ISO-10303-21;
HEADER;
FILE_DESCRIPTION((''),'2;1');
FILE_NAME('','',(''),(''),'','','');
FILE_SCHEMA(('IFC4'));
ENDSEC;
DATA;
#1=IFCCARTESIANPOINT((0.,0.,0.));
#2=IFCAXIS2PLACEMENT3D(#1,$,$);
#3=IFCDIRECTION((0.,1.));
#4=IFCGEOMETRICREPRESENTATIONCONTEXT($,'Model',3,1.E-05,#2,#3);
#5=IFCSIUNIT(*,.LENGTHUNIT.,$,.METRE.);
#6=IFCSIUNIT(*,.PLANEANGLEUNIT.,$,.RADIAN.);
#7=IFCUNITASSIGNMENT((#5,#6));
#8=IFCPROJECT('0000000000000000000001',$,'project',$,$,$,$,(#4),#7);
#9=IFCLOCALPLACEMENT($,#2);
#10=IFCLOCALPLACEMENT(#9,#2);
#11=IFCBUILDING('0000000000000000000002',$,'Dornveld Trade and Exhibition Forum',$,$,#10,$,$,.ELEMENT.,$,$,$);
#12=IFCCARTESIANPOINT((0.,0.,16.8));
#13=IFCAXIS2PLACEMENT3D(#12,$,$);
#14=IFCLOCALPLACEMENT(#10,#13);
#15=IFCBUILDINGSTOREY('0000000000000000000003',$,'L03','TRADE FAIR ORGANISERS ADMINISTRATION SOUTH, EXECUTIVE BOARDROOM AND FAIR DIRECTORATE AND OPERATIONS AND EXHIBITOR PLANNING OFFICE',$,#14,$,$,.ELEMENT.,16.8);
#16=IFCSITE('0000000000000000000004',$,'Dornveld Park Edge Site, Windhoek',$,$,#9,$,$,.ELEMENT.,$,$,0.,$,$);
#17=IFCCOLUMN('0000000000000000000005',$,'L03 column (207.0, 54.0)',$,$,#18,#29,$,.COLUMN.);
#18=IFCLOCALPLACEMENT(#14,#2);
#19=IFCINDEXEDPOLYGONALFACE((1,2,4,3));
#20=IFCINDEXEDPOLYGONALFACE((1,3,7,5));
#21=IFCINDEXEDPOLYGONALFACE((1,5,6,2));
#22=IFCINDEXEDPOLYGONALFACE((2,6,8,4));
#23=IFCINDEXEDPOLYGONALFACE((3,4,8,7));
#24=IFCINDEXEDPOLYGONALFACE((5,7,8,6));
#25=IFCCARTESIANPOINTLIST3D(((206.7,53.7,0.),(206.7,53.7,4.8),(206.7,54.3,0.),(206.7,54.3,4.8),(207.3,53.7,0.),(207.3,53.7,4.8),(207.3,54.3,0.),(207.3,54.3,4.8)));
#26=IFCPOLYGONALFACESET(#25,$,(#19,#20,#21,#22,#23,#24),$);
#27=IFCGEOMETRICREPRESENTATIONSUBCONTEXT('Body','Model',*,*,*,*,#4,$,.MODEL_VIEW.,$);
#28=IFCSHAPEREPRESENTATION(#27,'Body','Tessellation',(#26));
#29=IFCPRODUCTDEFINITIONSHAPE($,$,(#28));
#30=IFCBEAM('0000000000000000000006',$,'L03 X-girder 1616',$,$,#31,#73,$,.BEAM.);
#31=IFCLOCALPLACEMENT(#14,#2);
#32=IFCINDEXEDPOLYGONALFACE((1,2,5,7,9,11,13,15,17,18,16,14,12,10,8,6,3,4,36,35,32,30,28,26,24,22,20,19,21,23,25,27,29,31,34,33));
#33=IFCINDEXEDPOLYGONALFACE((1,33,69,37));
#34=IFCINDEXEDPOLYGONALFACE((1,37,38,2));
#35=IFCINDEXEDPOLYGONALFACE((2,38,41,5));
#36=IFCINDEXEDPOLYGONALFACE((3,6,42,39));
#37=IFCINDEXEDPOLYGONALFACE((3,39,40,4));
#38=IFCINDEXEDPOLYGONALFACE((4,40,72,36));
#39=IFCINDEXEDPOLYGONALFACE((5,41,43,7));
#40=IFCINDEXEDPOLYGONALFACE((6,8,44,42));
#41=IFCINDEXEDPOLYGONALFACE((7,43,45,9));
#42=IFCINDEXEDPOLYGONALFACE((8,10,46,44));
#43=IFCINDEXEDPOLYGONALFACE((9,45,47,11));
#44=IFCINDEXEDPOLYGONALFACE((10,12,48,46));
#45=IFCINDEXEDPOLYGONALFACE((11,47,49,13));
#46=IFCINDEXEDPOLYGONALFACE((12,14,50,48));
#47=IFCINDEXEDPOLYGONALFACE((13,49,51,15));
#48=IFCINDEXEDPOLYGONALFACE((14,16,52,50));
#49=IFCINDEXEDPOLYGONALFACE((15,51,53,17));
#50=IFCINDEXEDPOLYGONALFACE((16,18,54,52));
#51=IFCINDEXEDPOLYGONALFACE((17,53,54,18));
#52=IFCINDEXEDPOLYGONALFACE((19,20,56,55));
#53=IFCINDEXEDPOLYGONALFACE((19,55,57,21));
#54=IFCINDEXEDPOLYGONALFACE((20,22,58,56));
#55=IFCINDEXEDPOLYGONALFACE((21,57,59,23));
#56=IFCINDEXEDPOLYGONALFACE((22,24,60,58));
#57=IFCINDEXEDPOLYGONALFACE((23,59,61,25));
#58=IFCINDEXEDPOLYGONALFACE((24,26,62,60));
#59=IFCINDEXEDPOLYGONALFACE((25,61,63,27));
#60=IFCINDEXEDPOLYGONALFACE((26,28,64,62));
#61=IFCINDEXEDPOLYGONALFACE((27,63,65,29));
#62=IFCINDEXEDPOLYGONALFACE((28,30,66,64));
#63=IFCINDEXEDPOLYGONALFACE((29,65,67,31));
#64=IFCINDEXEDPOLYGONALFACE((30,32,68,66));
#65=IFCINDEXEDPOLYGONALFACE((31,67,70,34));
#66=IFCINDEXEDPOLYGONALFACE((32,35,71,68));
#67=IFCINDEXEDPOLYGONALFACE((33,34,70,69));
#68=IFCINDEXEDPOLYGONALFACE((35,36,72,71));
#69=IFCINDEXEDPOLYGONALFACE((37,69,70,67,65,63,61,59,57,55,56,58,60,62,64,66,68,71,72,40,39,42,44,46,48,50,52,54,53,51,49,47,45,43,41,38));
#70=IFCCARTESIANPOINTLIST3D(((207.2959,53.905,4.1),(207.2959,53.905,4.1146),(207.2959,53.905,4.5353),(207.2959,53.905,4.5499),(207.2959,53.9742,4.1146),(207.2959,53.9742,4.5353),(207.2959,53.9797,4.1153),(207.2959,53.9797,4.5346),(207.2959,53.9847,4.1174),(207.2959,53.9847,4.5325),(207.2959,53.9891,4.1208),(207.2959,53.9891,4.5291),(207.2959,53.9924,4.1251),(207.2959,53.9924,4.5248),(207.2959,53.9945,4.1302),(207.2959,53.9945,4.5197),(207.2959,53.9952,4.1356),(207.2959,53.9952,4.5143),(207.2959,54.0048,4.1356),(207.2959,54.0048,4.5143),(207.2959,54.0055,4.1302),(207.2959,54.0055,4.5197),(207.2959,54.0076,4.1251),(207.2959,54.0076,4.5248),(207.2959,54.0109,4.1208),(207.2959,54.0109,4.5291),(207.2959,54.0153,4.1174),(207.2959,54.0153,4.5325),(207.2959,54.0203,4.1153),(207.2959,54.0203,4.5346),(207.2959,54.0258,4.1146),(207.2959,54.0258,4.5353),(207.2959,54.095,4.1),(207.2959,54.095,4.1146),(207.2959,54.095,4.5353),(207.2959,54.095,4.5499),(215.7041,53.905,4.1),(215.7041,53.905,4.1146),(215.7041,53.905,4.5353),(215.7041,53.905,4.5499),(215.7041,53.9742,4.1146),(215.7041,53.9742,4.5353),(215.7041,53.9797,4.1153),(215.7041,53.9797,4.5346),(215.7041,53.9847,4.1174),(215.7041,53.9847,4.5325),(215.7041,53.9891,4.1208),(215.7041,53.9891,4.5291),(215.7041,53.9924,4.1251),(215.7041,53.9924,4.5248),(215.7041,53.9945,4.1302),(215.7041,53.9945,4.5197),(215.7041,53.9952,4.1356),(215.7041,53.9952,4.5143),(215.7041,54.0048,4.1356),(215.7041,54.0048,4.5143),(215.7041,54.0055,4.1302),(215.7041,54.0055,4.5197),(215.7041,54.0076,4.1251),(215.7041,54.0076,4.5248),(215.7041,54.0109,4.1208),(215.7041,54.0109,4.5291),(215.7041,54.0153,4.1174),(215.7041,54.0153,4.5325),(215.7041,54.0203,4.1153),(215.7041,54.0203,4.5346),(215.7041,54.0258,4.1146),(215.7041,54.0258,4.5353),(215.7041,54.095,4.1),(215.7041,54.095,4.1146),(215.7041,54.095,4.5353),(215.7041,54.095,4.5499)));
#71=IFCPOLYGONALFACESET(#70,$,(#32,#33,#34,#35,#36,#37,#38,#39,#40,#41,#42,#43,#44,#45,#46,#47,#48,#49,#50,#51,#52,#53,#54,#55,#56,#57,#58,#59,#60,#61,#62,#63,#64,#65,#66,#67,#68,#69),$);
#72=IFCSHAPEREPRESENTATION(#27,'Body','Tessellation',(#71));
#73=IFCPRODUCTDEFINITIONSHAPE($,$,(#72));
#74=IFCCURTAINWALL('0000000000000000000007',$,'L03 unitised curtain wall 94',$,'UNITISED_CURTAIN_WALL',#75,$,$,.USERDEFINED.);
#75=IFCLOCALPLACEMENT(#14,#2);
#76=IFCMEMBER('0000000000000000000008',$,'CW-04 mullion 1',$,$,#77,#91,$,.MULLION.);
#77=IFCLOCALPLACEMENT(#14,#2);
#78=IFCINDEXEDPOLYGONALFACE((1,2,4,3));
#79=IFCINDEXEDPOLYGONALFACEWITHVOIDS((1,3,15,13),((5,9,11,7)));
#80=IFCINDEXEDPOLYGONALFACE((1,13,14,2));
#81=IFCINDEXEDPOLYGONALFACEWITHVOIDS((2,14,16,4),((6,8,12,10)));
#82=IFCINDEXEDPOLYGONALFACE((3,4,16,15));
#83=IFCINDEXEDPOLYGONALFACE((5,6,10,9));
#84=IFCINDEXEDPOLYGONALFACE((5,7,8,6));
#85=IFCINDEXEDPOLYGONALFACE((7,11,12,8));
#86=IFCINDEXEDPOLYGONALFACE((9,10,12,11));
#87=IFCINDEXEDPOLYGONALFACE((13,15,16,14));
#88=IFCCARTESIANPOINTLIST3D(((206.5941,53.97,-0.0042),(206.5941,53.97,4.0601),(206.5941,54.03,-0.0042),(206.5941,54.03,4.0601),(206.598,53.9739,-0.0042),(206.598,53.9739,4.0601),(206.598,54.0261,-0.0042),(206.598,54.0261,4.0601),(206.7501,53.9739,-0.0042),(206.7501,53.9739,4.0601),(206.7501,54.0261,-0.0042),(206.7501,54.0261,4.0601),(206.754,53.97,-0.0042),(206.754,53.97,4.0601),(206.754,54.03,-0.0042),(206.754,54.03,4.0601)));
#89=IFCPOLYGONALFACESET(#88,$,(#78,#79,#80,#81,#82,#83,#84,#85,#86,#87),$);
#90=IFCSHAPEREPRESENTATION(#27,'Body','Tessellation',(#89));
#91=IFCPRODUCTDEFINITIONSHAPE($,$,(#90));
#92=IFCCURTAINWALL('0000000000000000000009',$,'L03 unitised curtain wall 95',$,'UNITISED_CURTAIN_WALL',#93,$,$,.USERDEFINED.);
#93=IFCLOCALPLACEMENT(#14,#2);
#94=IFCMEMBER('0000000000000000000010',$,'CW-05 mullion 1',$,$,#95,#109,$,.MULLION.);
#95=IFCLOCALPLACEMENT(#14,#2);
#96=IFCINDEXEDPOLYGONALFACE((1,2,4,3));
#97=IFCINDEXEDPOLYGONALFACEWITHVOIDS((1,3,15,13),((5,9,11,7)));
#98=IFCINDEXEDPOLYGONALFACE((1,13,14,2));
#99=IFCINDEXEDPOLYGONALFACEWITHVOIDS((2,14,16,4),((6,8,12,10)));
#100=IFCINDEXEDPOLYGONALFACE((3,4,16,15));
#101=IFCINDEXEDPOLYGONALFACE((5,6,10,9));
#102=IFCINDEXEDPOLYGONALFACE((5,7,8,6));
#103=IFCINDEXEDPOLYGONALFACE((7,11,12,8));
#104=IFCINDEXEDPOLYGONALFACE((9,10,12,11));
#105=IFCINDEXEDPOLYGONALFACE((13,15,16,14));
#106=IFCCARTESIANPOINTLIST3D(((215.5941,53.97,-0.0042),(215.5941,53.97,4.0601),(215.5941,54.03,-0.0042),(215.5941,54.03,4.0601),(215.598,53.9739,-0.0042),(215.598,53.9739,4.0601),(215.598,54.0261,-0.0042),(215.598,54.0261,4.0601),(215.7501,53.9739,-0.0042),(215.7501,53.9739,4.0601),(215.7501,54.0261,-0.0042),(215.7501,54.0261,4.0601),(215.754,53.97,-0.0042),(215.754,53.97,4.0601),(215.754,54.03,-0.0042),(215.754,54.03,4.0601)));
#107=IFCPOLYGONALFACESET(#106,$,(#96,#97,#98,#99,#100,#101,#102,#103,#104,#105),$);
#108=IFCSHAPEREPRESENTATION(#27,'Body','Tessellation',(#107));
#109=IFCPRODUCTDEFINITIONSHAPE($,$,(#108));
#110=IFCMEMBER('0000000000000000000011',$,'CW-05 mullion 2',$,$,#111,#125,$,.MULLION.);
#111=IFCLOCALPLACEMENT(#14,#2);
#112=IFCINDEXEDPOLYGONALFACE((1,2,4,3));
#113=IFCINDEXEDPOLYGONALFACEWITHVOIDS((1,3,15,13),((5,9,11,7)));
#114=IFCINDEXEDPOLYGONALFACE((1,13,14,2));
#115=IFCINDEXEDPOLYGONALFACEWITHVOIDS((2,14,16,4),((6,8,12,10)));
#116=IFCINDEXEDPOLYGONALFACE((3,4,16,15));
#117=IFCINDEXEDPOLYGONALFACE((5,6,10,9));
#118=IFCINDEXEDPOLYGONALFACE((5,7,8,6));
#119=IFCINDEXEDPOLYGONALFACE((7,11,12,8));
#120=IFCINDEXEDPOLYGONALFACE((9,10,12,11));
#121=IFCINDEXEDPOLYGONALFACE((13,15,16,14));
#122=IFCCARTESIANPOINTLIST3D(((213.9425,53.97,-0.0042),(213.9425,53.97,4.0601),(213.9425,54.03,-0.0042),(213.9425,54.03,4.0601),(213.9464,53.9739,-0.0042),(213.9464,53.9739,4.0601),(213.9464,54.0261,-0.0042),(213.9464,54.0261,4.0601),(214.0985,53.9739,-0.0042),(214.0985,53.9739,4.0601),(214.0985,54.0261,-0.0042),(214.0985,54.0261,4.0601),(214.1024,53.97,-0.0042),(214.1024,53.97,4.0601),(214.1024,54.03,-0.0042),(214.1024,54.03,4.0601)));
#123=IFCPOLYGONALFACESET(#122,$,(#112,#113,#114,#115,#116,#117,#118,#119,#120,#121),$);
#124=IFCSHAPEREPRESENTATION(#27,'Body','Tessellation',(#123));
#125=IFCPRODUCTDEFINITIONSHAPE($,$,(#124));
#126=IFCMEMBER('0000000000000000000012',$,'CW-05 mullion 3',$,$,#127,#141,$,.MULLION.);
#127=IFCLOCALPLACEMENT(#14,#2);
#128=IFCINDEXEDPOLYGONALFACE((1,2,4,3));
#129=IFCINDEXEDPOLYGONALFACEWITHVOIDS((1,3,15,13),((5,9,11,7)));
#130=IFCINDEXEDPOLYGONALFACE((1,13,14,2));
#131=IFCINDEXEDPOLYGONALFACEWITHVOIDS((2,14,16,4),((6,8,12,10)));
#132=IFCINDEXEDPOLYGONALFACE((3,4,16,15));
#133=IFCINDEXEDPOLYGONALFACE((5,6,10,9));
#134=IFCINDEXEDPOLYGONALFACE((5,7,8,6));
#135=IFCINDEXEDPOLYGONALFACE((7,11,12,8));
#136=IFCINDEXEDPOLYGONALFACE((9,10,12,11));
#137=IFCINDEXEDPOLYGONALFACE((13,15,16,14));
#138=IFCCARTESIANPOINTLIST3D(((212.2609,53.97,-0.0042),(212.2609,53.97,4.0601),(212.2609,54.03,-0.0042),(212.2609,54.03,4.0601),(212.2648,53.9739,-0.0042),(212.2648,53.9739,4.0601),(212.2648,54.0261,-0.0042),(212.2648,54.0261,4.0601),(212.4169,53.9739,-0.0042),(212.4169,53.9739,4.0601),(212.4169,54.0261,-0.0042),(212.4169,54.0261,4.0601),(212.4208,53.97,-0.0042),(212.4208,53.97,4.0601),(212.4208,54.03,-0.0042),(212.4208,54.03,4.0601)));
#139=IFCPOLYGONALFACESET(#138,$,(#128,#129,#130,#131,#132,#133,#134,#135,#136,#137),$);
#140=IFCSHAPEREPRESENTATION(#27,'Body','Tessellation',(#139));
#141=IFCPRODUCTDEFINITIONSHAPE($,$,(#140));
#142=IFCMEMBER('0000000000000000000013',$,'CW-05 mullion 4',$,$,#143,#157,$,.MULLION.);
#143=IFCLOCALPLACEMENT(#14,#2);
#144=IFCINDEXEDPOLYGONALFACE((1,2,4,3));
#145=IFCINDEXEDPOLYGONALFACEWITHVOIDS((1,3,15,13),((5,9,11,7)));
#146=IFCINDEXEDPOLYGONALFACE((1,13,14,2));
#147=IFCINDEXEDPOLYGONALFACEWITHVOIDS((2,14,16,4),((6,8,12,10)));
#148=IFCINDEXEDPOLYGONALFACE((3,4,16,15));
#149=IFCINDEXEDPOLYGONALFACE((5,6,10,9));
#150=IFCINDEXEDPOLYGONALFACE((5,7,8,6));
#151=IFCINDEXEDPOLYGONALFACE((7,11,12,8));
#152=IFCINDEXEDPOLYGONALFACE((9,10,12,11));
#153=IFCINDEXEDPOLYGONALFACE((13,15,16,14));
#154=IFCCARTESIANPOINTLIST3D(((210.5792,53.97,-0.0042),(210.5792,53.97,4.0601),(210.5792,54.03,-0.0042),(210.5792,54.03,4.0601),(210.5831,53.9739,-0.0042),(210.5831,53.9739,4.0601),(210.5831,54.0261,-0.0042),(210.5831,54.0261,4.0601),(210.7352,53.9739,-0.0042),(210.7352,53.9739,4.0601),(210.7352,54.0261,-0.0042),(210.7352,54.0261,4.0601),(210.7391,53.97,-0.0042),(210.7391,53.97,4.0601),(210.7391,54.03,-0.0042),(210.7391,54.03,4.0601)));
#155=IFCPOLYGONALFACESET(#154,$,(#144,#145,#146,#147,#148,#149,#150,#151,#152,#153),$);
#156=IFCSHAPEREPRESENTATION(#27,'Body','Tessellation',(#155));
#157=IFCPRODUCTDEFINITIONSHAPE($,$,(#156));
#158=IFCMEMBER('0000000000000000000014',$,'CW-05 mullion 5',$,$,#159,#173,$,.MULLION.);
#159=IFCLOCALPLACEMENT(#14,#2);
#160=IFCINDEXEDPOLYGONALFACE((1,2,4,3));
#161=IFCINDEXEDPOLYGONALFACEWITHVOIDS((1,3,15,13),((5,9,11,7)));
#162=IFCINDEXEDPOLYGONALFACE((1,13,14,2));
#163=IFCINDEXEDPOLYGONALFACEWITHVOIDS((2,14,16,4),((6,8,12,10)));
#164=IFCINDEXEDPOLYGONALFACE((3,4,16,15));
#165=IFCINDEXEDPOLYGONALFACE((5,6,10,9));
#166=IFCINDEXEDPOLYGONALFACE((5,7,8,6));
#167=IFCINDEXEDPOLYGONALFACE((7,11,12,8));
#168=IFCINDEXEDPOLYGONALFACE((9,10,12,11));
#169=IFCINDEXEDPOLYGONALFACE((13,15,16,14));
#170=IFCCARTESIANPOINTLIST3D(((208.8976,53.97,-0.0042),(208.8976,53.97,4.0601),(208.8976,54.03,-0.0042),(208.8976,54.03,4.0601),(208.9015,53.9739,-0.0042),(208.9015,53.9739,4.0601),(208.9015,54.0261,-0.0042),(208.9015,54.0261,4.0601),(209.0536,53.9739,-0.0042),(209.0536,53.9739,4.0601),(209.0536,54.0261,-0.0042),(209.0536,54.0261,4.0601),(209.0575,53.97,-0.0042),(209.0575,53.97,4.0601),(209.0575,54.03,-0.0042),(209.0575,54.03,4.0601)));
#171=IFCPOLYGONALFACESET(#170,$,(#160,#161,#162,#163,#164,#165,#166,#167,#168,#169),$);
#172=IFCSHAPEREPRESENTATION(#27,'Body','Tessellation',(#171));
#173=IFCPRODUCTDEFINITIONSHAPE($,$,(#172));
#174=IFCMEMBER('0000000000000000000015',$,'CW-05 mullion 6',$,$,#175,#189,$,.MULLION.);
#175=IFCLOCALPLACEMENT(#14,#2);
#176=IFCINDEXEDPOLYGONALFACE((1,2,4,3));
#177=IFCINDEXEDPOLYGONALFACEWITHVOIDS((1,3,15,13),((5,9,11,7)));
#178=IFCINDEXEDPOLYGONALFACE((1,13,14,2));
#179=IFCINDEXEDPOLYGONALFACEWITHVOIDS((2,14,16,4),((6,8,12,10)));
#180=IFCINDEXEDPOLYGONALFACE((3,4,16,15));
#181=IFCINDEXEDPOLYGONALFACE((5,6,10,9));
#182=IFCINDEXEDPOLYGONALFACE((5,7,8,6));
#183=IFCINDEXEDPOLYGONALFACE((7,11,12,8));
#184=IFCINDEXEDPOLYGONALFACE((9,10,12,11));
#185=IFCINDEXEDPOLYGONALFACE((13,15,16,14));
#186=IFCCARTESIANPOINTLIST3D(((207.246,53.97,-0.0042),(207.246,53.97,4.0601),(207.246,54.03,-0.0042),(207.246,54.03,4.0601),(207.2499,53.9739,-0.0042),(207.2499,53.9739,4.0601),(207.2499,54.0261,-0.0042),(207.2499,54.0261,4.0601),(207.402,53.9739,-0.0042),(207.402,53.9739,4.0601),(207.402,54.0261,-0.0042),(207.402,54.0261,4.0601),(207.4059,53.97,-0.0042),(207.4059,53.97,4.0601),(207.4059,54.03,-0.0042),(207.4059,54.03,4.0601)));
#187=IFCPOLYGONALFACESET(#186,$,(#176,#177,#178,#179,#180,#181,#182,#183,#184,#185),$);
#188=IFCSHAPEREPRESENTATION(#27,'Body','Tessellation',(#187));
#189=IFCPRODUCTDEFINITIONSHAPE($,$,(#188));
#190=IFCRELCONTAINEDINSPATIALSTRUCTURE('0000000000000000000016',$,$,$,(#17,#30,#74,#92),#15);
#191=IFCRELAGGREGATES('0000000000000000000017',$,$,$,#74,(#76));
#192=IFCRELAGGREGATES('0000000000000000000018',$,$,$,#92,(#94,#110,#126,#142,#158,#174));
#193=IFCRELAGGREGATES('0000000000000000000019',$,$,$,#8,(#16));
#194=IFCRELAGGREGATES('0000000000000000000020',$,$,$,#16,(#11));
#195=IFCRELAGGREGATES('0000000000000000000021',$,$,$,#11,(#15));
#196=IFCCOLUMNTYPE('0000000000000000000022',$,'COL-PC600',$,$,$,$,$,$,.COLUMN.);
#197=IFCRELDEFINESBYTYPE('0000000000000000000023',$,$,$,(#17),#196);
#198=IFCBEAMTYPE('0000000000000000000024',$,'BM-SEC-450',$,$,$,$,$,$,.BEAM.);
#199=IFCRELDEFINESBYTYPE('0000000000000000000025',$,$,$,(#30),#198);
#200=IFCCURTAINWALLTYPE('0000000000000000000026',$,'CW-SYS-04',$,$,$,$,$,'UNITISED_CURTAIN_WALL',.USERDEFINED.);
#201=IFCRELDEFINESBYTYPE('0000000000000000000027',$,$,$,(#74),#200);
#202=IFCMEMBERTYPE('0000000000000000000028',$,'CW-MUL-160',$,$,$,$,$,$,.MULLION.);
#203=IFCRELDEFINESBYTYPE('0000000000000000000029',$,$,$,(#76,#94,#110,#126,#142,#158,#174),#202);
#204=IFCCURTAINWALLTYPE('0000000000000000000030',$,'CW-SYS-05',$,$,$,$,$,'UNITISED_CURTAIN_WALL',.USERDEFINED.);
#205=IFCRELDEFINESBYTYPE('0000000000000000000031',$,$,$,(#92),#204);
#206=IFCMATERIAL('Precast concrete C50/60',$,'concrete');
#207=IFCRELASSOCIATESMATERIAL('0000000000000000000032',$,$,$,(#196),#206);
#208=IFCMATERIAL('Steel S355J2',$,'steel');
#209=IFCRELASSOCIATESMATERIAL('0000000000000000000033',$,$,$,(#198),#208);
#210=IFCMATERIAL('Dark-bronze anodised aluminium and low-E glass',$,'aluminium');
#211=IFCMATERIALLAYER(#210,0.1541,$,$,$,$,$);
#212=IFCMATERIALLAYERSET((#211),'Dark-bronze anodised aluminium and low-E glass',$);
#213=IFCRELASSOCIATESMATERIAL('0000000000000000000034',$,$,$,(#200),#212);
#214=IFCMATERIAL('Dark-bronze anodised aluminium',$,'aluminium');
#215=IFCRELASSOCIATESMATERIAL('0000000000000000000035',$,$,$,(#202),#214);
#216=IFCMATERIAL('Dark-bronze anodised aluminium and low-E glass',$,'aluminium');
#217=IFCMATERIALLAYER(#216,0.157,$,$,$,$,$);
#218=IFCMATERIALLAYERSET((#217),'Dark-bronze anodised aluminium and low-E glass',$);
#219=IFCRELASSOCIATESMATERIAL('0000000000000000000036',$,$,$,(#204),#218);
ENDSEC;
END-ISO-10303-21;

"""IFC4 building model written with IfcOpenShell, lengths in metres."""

from ifc_helpers import new_model, si_unit, direction, frame, origin, origin_2d, place, context, subcontext, project, spatial, rectangle, hollow_rectangle, i_section, extrude, material, layer, layer_set, material_profile, profile_set, type_object, element, aggregate, save


model = new_model("IFC4")

# Units and contexts
model_context = context("Model", 3, precision=1e-05, world=origin(), true_north=direction((0.0, 1.0)))
body_context = subcontext(model_context, "Body", "Model", "MODEL_VIEW")
ifc_project = project(units=[si_unit("LENGTHUNIT", "METRE"), si_unit("PLANEANGLEUNIT", "RADIAN")], contexts=[model_context])

# Site, building, storey
site_placement = place(None, origin())
site = spatial("IfcSite", under=ifc_project, at=site_placement, Name="Dornveld Park Edge Site, Windhoek", CompositionType="ELEMENT", RefElevation=0.0)
building_placement = place(site_placement, origin())
building = spatial("IfcBuilding", under=site, at=building_placement, Name="Dornveld Trade and Exhibition Forum", CompositionType="ELEMENT")
storey_placement = place(building_placement, frame((0.0, 0.0, 16.8)))
storey = spatial("IfcBuildingStorey", under=building, at=storey_placement, Name="L03", Description="TRADE FAIR ORGANISERS ADMINISTRATION SOUTH, EXECUTIVE BOARDROOM AND FAIR DIRECTORATE AND OPERATIONS AND EXHIBITOR PLANNING OFFICE", CompositionType="ELEMENT", Elevation=16.8)

# Column
ifc_material_1 = material(Name="Precast concrete C50/60", Category="concrete")
ifc_material_profile_1 = material_profile(ifc_material_1, rectangle(XDim=0.6001, YDim=0.6001, at=origin_2d()), Name="PC-COL 600x600")
ifc_profile_set_1 = profile_set([ifc_material_profile_1], Name="Precast concrete C50/60")
column_type = type_object("IfcColumnType", Name="COL-PC600", PredefinedType="COLUMN", material=ifc_profile_set_1)
column_placement = place(storey_placement, frame((207.0, 54.0, 0.0), z_axis=(0.0, 0.0, 1.0), x_axis=(1.0, 0.0, 0.0)))
element("IfcColumn", 1, at=column_placement, inside=storey, type_object=column_type, Name="L03 column (207.0, 54.0)", PredefinedType="COLUMN", context=body_context, shape_type="SweptSolid", body=[
    extrude(rectangle(XDim=0.6001, YDim=0.6001, at=origin_2d()), origin(), (0.0, 0.0, 1.0), 4.8),
])

# Beam
ifc_material_2 = material(Name="Steel S355J2", Category="steel")
ifc_material_profile_2 = material_profile(ifc_material_2, i_section(OverallWidth=0.1899, OverallDepth=0.45, WebThickness=0.0095, FlangeThickness=0.0146, FilletRadius=0.021, at=origin_2d()), Name="IPE 450")
ifc_profile_set_2 = profile_set([ifc_material_profile_2], Name="Steel S355J2")
beam_type = type_object("IfcBeamType", Name="BM-SEC-450", PredefinedType="BEAM", material=ifc_profile_set_2)
beam_placement = place(storey_placement, frame((207.2959, 54.0, 4.325), z_axis=(1.0, 0.0, 0.0), x_axis=(0.0, 1.0, 0.0)))
element("IfcBeam", 2, at=beam_placement, inside=storey, type_object=beam_type, Name="L03 X-girder 1616", PredefinedType="BEAM", context=body_context, shape_type="SweptSolid", body=[
    extrude(i_section(OverallWidth=0.1899, OverallDepth=0.45, WebThickness=0.0095, FlangeThickness=0.0146, FilletRadius=0.021, at=origin_2d()), origin(), (0.0, 0.0, 1.0), 8.4082),
])

# Curtain wall, member
ifc_material_3 = material(Name="Dark-bronze anodised aluminium and low-E glass", Category="aluminium")
ifc_layer_1 = layer(ifc_material_3, 0.1541)
ifc_layer_set_1 = layer_set([ifc_layer_1], Name="Dark-bronze anodised aluminium and low-E glass")
curtain_wall_type_1 = type_object("IfcCurtainWallType", Name="CW-SYS-04", ElementType="UNITISED_CURTAIN_WALL", PredefinedType="USERDEFINED", material=ifc_layer_set_1)
curtain_wall_1_placement = place(storey_placement, origin())
curtain_wall_1 = element("IfcCurtainWall", 3, at=curtain_wall_1_placement, inside=storey, type_object=curtain_wall_type_1, Name="L03 unitised curtain wall 94", ObjectType="UNITISED_CURTAIN_WALL", PredefinedType="USERDEFINED")
ifc_material_4 = material(Name="Dark-bronze anodised aluminium", Category="aluminium")
ifc_material_profile_3 = material_profile(ifc_material_4, hollow_rectangle(XDim=0.0601, YDim=0.1599, WallThickness=0.0039, at=origin_2d()), Name="RHS 160x60x4")
ifc_profile_set_3 = profile_set([ifc_material_profile_3], Name="Dark-bronze anodised aluminium")
member_type_1 = type_object("IfcMemberType", Name="CW-MUL-160", PredefinedType="MULLION", material=ifc_profile_set_3)
member_1_placement = place(storey_placement, frame((206.6741, 54.0, -0.0042), z_axis=(0.0, 0.0, 1.0), x_axis=(0.0, -1.0, 0.0)))
member_1 = element("IfcMember", 4, at=member_1_placement, type_object=member_type_1, Name="CW-04 mullion 1", PredefinedType="MULLION", context=body_context, shape_type="SweptSolid", body=[
    extrude(hollow_rectangle(XDim=0.0601, YDim=0.1599, WallThickness=0.0039, at=origin_2d()), origin(), (0.0, 0.0, 1.0), 4.0642),
])

# Curtain wall, members
ifc_material_5 = material(Name="Dark-bronze anodised aluminium and low-E glass", Category="aluminium")
ifc_layer_2 = layer(ifc_material_5, 0.157)
ifc_layer_set_2 = layer_set([ifc_layer_2], Name="Dark-bronze anodised aluminium and low-E glass")
curtain_wall_type_2 = type_object("IfcCurtainWallType", Name="CW-SYS-05", ElementType="UNITISED_CURTAIN_WALL", PredefinedType="USERDEFINED", material=ifc_layer_set_2)
curtain_wall_2_placement = place(storey_placement, origin())
curtain_wall_2 = element("IfcCurtainWall", 5, at=curtain_wall_2_placement, inside=storey, type_object=curtain_wall_type_2, Name="L03 unitised curtain wall 95", ObjectType="UNITISED_CURTAIN_WALL", PredefinedType="USERDEFINED")
member_2_placement = place(storey_placement, frame((215.6741, 54.0, -0.0042), z_axis=(0.0, 0.0, 1.0), x_axis=(0.0, -1.0, 0.0)))
member_2 = element("IfcMember", 6, at=member_2_placement, type_object=member_type_1, Name="CW-05 mullion 1", PredefinedType="MULLION", context=body_context, shape_type="SweptSolid", body=[
    extrude(hollow_rectangle(XDim=0.0601, YDim=0.1599, WallThickness=0.0039, at=origin_2d()), origin(), (0.0, 0.0, 1.0), 4.0642),
])
member_3_placement = place(storey_placement, frame((214.0225, 54.0, -0.0042), z_axis=(0.0, 0.0, 1.0), x_axis=(0.0, -1.0, 0.0)))
member_3 = element("IfcMember", 7, at=member_3_placement, type_object=member_type_1, Name="CW-05 mullion 2", PredefinedType="MULLION", context=body_context, shape_type="SweptSolid", body=[
    extrude(hollow_rectangle(XDim=0.0601, YDim=0.1599, WallThickness=0.0039, at=origin_2d()), origin(), (0.0, 0.0, 1.0), 4.0642),
])
member_4_placement = place(storey_placement, frame((212.3408, 54.0, -0.0042), z_axis=(0.0, 0.0, 1.0), x_axis=(0.0, -1.0, 0.0)))
member_4 = element("IfcMember", 8, at=member_4_placement, type_object=member_type_1, Name="CW-05 mullion 3", PredefinedType="MULLION", context=body_context, shape_type="SweptSolid", body=[
    extrude(hollow_rectangle(XDim=0.0601, YDim=0.1599, WallThickness=0.0039, at=origin_2d()), origin(), (0.0, 0.0, 1.0), 4.0642),
])
member_5_placement = place(storey_placement, frame((210.6592, 54.0, -0.0042), z_axis=(0.0, 0.0, 1.0), x_axis=(0.0, -1.0, 0.0)))
member_5 = element("IfcMember", 9, at=member_5_placement, type_object=member_type_1, Name="CW-05 mullion 4", PredefinedType="MULLION", context=body_context, shape_type="SweptSolid", body=[
    extrude(hollow_rectangle(XDim=0.0601, YDim=0.1599, WallThickness=0.0039, at=origin_2d()), origin(), (0.0, 0.0, 1.0), 4.0642),
])
member_6_placement = place(storey_placement, frame((208.9775, 54.0, -0.0042), z_axis=(0.0, 0.0, 1.0), x_axis=(0.0, -1.0, 0.0)))
member_6 = element("IfcMember", 10, at=member_6_placement, type_object=member_type_1, Name="CW-05 mullion 5", PredefinedType="MULLION", context=body_context, shape_type="SweptSolid", body=[
    extrude(hollow_rectangle(XDim=0.0601, YDim=0.1599, WallThickness=0.0039, at=origin_2d()), origin(), (0.0, 0.0, 1.0), 4.0642),
])
member_7_placement = place(storey_placement, frame((207.3259, 54.0, -0.0042), z_axis=(0.0, 0.0, 1.0), x_axis=(0.0, -1.0, 0.0)))
member_7 = element("IfcMember", 11, at=member_7_placement, type_object=member_type_1, Name="CW-05 mullion 6", PredefinedType="MULLION", context=body_context, shape_type="SweptSolid", body=[
    extrude(hollow_rectangle(XDim=0.0601, YDim=0.1599, WallThickness=0.0039, at=origin_2d()), origin(), (0.0, 0.0, 1.0), 4.0642),
])

aggregate(curtain_wall_1, [member_1])

aggregate(curtain_wall_2, [member_2, member_3, member_4, member_5, member_6, member_7])

save(model, "model.ifc")
